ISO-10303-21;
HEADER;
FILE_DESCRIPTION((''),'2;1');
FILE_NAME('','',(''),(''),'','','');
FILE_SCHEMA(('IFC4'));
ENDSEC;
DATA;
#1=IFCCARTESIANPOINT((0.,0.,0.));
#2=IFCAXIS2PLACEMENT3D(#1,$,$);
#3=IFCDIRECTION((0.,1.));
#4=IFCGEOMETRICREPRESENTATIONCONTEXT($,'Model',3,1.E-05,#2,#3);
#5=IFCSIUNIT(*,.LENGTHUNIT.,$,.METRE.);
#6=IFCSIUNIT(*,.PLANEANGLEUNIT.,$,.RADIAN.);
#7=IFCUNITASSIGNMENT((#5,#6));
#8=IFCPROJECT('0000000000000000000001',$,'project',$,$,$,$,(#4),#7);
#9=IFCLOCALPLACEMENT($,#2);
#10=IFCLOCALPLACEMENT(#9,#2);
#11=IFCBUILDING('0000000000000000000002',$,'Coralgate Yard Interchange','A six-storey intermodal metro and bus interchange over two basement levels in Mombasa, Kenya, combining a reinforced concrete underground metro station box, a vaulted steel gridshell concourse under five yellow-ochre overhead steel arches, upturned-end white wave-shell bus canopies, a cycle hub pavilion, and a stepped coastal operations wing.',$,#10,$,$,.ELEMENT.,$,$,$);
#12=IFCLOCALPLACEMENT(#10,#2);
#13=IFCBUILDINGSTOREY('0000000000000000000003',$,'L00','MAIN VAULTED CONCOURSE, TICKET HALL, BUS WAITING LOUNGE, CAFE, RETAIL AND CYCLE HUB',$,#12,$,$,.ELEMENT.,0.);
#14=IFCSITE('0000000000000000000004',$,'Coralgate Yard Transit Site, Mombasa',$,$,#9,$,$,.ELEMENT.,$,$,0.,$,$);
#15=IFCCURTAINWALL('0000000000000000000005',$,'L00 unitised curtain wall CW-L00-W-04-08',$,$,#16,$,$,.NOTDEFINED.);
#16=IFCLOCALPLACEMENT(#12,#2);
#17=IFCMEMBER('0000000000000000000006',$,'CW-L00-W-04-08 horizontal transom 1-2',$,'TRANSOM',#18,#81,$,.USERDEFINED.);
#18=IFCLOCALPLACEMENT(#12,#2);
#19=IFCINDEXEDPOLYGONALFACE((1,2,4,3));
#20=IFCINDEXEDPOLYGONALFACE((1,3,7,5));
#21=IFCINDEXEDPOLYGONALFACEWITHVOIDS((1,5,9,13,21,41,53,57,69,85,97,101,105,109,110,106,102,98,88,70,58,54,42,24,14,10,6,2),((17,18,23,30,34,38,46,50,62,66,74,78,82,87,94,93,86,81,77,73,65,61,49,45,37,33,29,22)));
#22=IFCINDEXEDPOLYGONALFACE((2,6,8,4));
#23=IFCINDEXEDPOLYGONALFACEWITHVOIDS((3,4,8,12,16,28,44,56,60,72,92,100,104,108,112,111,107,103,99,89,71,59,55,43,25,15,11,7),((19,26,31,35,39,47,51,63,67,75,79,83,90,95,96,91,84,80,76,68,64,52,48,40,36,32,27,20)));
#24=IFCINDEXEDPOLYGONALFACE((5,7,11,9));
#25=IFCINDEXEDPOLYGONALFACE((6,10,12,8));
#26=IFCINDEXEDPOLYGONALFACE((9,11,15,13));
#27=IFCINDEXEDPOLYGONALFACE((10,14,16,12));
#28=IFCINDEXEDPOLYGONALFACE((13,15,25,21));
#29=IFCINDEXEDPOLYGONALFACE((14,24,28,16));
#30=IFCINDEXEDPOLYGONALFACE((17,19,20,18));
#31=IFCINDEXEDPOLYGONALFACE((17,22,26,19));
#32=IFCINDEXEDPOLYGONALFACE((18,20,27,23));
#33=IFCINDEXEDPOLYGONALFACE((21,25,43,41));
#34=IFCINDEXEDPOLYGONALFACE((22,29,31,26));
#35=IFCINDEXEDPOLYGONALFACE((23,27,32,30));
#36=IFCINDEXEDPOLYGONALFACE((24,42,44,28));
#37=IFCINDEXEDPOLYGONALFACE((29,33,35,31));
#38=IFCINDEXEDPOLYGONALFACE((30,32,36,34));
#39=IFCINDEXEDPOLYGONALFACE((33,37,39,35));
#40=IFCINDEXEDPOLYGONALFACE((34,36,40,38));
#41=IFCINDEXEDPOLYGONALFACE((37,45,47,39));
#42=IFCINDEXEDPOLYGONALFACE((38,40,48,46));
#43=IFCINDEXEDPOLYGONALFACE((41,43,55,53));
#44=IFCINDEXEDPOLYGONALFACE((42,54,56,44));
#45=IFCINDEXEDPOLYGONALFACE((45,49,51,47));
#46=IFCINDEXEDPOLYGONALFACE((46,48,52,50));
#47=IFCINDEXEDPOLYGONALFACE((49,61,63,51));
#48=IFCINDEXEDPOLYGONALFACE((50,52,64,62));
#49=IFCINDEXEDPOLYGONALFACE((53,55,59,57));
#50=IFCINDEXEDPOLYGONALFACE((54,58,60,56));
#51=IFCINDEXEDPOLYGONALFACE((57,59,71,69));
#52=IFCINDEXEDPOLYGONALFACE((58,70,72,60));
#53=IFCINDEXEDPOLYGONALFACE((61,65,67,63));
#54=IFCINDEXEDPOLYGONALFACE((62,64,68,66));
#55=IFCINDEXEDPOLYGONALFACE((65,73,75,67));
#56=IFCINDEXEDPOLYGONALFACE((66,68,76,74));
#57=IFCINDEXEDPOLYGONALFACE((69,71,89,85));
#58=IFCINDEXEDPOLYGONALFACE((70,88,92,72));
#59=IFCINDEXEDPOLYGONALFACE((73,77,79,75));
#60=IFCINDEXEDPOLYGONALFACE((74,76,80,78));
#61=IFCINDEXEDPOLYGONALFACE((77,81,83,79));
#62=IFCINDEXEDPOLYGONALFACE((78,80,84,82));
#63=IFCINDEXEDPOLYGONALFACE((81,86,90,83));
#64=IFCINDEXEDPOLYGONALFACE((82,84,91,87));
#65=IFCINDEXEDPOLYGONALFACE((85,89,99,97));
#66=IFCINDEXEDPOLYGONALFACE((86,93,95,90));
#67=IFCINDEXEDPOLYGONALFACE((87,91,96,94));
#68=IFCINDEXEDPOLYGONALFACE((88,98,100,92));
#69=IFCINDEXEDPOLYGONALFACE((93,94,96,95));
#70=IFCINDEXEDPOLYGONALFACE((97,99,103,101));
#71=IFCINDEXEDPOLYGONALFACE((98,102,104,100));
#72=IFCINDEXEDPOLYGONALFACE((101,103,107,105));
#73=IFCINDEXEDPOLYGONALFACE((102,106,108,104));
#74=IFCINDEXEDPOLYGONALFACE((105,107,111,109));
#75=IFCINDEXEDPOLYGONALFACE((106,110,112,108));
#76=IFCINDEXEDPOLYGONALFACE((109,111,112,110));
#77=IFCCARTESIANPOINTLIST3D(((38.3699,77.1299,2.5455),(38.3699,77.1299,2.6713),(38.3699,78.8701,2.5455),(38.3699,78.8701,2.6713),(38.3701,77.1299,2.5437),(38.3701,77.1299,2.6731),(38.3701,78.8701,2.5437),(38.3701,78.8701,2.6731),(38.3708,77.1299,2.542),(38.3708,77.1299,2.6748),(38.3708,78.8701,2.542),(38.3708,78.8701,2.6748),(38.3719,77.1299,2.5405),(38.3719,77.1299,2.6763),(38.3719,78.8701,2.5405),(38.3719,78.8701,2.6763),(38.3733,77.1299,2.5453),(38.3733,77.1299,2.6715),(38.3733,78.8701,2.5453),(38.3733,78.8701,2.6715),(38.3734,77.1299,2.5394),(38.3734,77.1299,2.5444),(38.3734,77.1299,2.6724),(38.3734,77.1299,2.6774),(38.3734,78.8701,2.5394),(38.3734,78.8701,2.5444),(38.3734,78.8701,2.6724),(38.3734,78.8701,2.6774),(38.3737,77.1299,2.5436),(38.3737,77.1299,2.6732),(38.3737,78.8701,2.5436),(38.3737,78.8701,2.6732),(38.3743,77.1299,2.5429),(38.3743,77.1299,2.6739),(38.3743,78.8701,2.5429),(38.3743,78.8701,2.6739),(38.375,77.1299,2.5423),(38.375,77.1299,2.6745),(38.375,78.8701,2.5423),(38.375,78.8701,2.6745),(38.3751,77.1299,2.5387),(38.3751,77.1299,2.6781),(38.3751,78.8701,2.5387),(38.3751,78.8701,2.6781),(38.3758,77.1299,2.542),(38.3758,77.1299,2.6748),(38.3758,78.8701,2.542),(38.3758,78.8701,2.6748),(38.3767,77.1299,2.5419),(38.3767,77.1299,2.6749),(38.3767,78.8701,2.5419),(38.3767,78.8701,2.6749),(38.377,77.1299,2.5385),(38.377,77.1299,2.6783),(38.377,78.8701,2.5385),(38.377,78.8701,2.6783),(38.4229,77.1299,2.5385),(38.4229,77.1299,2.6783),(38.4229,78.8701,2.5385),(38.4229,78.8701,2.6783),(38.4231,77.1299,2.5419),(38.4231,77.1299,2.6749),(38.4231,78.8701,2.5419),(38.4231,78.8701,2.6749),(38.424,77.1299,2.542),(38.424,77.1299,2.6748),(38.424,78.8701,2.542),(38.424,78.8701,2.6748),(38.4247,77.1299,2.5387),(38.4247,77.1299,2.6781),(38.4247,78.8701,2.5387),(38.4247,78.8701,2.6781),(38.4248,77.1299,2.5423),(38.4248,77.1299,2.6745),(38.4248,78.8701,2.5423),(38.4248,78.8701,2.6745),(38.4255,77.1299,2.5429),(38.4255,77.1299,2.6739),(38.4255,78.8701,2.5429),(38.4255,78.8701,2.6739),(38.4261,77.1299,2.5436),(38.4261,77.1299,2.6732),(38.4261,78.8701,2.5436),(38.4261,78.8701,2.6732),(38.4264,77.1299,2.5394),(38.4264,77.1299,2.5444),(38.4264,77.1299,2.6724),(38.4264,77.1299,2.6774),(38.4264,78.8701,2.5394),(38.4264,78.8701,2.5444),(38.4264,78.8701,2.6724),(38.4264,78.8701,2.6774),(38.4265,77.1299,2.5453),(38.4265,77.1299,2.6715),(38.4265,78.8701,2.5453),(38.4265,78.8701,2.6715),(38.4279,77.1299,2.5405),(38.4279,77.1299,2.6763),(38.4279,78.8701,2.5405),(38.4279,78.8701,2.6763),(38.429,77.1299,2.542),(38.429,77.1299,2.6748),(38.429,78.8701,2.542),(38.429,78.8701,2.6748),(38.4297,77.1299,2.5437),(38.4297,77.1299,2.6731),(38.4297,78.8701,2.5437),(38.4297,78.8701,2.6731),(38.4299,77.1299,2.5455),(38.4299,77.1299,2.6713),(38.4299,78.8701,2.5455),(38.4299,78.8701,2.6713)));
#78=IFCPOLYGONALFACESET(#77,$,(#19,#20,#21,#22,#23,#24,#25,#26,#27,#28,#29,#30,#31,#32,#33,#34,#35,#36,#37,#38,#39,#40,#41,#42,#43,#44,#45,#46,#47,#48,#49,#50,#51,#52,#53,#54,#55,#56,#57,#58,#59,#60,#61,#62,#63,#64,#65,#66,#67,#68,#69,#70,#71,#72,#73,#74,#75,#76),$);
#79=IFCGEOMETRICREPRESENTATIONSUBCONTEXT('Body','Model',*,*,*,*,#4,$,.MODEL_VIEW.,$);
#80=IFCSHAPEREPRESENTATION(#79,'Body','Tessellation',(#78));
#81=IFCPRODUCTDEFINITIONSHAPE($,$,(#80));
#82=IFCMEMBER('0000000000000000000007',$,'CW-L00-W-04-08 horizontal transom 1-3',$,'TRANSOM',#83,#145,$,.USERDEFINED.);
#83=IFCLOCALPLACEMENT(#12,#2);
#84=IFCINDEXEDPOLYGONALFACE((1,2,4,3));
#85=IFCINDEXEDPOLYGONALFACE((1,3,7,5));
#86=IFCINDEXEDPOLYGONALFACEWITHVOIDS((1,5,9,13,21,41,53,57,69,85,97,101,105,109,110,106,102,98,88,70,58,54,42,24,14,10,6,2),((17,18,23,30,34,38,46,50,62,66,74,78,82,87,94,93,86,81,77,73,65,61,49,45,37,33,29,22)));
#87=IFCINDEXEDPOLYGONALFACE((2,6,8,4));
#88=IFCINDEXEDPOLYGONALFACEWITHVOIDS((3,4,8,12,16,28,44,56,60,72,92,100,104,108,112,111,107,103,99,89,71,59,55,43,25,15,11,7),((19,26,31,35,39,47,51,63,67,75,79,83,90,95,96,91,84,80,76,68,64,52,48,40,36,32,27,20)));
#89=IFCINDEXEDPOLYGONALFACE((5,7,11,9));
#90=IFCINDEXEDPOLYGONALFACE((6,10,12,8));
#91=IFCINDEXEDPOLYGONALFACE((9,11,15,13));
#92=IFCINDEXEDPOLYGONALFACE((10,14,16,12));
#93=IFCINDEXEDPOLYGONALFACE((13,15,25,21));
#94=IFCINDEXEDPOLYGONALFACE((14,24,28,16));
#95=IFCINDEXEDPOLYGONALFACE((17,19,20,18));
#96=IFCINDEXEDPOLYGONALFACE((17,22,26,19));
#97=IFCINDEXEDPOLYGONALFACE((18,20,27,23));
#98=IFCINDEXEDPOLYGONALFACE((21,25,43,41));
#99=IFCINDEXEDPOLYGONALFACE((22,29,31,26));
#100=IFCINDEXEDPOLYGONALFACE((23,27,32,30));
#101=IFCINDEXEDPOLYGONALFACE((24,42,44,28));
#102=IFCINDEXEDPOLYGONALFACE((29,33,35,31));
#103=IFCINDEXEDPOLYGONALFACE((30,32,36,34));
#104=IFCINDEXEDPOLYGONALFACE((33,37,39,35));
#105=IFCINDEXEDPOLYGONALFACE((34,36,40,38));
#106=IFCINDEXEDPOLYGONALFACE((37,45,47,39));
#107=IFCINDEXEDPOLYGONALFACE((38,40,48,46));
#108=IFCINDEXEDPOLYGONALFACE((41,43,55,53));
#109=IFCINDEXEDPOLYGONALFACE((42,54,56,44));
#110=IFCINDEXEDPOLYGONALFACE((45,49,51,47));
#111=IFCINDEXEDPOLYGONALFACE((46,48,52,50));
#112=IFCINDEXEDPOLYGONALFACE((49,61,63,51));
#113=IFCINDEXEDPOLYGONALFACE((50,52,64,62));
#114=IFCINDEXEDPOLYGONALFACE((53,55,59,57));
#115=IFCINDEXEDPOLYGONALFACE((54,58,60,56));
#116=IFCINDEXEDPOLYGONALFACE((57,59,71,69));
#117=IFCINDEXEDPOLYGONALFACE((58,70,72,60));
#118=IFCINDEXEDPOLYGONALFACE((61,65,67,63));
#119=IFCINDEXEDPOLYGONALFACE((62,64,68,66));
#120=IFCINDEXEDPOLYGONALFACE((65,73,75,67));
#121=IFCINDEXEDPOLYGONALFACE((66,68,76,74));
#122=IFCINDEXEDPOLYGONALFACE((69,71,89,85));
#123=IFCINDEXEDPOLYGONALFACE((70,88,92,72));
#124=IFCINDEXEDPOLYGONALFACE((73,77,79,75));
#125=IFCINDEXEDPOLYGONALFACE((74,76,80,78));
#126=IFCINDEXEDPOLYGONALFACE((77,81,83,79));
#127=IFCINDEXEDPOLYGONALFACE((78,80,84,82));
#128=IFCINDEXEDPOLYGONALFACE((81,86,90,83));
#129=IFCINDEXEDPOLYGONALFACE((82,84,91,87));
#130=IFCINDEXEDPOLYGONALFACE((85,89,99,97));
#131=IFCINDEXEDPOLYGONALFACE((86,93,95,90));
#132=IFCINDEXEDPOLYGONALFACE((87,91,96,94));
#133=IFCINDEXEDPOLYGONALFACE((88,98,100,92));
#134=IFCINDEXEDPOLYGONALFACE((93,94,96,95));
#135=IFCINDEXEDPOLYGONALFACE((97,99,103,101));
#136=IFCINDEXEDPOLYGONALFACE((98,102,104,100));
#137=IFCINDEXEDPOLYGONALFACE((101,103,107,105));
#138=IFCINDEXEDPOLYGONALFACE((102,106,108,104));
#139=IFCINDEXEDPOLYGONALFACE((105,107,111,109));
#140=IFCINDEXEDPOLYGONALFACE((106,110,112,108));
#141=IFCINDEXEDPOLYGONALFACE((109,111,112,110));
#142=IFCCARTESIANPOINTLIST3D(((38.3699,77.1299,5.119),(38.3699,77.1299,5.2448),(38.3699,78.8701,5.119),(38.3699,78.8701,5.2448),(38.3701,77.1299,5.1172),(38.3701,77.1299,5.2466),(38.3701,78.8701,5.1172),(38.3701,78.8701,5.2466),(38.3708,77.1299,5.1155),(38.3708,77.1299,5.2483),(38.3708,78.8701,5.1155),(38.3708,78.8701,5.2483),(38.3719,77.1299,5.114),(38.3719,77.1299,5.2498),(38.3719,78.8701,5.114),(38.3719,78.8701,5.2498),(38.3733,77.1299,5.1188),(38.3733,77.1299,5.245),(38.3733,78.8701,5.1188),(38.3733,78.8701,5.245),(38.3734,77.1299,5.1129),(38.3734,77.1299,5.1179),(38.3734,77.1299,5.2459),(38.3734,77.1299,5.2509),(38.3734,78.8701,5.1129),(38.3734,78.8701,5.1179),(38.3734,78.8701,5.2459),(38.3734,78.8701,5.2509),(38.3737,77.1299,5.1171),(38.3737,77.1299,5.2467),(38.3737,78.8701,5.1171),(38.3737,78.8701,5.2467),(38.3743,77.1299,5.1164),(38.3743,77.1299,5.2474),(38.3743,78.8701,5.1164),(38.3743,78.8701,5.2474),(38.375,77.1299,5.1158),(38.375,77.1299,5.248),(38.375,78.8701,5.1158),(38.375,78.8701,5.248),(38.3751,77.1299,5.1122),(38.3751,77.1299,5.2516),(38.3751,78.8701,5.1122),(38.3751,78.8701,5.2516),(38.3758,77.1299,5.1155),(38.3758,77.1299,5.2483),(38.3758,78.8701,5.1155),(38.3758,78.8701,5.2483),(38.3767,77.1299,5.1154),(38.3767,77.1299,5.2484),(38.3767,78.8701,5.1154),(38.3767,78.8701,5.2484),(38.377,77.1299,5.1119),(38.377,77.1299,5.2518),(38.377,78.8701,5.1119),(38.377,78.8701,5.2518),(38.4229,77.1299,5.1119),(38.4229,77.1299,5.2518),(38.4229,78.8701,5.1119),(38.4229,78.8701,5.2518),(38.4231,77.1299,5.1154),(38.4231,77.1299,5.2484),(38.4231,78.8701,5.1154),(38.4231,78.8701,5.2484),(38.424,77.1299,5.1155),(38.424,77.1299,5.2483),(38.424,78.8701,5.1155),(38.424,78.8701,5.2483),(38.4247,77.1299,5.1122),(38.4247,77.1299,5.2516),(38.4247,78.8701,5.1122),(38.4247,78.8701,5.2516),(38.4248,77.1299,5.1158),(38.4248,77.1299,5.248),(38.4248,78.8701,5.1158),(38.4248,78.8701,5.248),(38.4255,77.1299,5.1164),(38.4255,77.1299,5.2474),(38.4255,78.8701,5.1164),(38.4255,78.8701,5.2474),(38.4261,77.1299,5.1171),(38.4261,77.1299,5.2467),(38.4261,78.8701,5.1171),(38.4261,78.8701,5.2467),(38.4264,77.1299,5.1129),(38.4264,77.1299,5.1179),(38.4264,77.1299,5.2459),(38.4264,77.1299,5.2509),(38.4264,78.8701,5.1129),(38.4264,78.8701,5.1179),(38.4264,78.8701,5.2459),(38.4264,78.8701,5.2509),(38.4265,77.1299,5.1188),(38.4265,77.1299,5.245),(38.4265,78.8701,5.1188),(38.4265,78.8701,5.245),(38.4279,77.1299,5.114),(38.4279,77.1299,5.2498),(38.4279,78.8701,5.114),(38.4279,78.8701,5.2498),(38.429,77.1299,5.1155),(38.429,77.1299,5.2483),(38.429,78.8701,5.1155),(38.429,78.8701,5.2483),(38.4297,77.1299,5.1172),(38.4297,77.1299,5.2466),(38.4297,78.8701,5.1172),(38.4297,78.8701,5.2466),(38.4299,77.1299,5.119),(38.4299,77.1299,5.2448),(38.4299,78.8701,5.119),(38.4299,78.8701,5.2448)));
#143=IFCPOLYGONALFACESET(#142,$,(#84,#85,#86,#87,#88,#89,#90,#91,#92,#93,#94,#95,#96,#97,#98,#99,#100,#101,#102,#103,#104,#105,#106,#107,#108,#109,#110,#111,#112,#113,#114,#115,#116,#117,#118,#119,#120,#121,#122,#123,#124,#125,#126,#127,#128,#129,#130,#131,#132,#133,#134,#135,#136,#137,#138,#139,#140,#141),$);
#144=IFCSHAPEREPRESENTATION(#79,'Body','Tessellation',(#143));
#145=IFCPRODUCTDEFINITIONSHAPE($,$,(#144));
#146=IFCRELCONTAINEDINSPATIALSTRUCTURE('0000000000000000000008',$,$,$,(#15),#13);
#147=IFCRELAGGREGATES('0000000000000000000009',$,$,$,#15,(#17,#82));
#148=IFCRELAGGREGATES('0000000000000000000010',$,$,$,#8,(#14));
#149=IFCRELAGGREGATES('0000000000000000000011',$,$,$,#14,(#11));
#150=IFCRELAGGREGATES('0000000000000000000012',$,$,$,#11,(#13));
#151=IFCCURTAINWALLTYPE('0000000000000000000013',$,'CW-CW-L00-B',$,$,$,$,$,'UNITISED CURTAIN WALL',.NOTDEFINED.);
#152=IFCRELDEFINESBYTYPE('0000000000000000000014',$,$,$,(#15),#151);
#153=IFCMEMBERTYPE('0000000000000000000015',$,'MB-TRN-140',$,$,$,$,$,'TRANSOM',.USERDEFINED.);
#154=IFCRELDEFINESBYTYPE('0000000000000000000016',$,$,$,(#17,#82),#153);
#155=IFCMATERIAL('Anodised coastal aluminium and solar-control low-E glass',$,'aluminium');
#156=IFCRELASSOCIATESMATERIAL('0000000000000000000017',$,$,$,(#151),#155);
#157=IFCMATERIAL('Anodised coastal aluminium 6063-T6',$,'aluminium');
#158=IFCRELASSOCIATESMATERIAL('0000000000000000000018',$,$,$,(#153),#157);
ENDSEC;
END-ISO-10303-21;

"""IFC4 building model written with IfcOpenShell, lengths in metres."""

from ifc_helpers import new_model, si_unit, direction, frame, origin, origin_2d, place, context, subcontext, project, spatial, hollow_rectangle, extrude, material, material_profile, profile_set, type_object, element, aggregate, save


model = new_model("IFC4")

# Units and contexts
model_context = context("Model", 3, precision=1e-05, world=origin(), true_north=direction((0.0, 1.0)))
body_context = subcontext(model_context, "Body", "Model", "MODEL_VIEW")
ifc_project = project(units=[si_unit("LENGTHUNIT", "METRE"), si_unit("PLANEANGLEUNIT", "RADIAN")], contexts=[model_context])

# Site, building, storey
site_placement = place(None, origin())
site = spatial("IfcSite", under=ifc_project, at=site_placement, Name="Coralgate Yard Transit Site, Mombasa", CompositionType="ELEMENT", RefElevation=0.0)
building_placement = place(site_placement, origin())
building = spatial("IfcBuilding", under=site, at=building_placement, Name="Coralgate Yard Interchange", Description="A six-storey intermodal metro and bus interchange over two basement levels in Mombasa, Kenya, combining a reinforced concrete underground metro station box, a vaulted steel gridshell concourse under five yellow-ochre overhead steel arches, upturned-end white wave-shell bus canopies, a cycle hub pavilion, and a stepped coastal operations wing.", CompositionType="ELEMENT")
storey_placement = place(building_placement, origin())
storey = spatial("IfcBuildingStorey", under=building, at=storey_placement, Name="L00", Description="MAIN VAULTED CONCOURSE, TICKET HALL, BUS WAITING LOUNGE, CAFE, RETAIL AND CYCLE HUB", CompositionType="ELEMENT", Elevation=0.0)

# Curtain wall, members
ifc_material_1 = material(Name="Anodised coastal aluminium and solar-control low-E glass", Category="aluminium")
curtain_wall_type = type_object("IfcCurtainWallType", Name="CW-CW-L00-B", ElementType="UNITISED CURTAIN WALL", PredefinedType="NOTDEFINED", material=ifc_material_1)
curtain_wall_placement = place(storey_placement, origin())
curtain_wall = element("IfcCurtainWall", 1, at=curtain_wall_placement, inside=storey, type_object=curtain_wall_type, Name="L00 unitised curtain wall CW-L00-W-04-08", PredefinedType="NOTDEFINED")
ifc_material_2 = material(Name="Anodised coastal aluminium 6063-T6", Category="aluminium")
ifc_material_profile_1 = material_profile(ifc_material_2, hollow_rectangle(XDim=0.0601, YDim=0.1399, WallThickness=0.0034, InnerFilletRadius=0.0034, OuterFilletRadius=0.0071, at=origin_2d()), Name="ALU 60x140x3.5")
ifc_profile_set_1 = profile_set([ifc_material_profile_1], Name="Anodised coastal aluminium 6063-T6")
member_type_1 = type_object("IfcMemberType", Name="MB-TRN-140", ElementType="TRANSOM", PredefinedType="USERDEFINED", material=ifc_profile_set_1)
member_1_placement = place(storey_placement, frame((38.3999, 77.1299, 2.6084), z_axis=(0.0, 1.0, 0.0), x_axis=(-1.0, 0.0, 0.0)))
member_1 = element("IfcMember", 2, at=member_1_placement, type_object=member_type_1, Name="CW-L00-W-04-08 horizontal transom 1-2", ObjectType="TRANSOM", PredefinedType="USERDEFINED", context=body_context, shape_type="SweptSolid", body=[
    extrude(hollow_rectangle(XDim=0.0601, YDim=0.1399, WallThickness=0.0034, InnerFilletRadius=0.0034, OuterFilletRadius=0.0071, at=origin_2d()), origin(), (0.0, 0.0, 1.0), 1.7402),
])
member_2_placement = place(storey_placement, frame((38.3999, 77.1299, 5.1819), z_axis=(0.0, 1.0, 0.0), x_axis=(-1.0, 0.0, 0.0)))
member_2 = element("IfcMember", 3, at=member_2_placement, type_object=member_type_1, Name="CW-L00-W-04-08 horizontal transom 1-3", ObjectType="TRANSOM", PredefinedType="USERDEFINED", context=body_context, shape_type="SweptSolid", body=[
    extrude(hollow_rectangle(XDim=0.0601, YDim=0.1399, WallThickness=0.0034, InnerFilletRadius=0.0034, OuterFilletRadius=0.0071, at=origin_2d()), origin(), (0.0, 0.0, 1.0), 1.7402),
])
aggregate(curtain_wall, [member_1, member_2])

save(model, "model.ifc")
